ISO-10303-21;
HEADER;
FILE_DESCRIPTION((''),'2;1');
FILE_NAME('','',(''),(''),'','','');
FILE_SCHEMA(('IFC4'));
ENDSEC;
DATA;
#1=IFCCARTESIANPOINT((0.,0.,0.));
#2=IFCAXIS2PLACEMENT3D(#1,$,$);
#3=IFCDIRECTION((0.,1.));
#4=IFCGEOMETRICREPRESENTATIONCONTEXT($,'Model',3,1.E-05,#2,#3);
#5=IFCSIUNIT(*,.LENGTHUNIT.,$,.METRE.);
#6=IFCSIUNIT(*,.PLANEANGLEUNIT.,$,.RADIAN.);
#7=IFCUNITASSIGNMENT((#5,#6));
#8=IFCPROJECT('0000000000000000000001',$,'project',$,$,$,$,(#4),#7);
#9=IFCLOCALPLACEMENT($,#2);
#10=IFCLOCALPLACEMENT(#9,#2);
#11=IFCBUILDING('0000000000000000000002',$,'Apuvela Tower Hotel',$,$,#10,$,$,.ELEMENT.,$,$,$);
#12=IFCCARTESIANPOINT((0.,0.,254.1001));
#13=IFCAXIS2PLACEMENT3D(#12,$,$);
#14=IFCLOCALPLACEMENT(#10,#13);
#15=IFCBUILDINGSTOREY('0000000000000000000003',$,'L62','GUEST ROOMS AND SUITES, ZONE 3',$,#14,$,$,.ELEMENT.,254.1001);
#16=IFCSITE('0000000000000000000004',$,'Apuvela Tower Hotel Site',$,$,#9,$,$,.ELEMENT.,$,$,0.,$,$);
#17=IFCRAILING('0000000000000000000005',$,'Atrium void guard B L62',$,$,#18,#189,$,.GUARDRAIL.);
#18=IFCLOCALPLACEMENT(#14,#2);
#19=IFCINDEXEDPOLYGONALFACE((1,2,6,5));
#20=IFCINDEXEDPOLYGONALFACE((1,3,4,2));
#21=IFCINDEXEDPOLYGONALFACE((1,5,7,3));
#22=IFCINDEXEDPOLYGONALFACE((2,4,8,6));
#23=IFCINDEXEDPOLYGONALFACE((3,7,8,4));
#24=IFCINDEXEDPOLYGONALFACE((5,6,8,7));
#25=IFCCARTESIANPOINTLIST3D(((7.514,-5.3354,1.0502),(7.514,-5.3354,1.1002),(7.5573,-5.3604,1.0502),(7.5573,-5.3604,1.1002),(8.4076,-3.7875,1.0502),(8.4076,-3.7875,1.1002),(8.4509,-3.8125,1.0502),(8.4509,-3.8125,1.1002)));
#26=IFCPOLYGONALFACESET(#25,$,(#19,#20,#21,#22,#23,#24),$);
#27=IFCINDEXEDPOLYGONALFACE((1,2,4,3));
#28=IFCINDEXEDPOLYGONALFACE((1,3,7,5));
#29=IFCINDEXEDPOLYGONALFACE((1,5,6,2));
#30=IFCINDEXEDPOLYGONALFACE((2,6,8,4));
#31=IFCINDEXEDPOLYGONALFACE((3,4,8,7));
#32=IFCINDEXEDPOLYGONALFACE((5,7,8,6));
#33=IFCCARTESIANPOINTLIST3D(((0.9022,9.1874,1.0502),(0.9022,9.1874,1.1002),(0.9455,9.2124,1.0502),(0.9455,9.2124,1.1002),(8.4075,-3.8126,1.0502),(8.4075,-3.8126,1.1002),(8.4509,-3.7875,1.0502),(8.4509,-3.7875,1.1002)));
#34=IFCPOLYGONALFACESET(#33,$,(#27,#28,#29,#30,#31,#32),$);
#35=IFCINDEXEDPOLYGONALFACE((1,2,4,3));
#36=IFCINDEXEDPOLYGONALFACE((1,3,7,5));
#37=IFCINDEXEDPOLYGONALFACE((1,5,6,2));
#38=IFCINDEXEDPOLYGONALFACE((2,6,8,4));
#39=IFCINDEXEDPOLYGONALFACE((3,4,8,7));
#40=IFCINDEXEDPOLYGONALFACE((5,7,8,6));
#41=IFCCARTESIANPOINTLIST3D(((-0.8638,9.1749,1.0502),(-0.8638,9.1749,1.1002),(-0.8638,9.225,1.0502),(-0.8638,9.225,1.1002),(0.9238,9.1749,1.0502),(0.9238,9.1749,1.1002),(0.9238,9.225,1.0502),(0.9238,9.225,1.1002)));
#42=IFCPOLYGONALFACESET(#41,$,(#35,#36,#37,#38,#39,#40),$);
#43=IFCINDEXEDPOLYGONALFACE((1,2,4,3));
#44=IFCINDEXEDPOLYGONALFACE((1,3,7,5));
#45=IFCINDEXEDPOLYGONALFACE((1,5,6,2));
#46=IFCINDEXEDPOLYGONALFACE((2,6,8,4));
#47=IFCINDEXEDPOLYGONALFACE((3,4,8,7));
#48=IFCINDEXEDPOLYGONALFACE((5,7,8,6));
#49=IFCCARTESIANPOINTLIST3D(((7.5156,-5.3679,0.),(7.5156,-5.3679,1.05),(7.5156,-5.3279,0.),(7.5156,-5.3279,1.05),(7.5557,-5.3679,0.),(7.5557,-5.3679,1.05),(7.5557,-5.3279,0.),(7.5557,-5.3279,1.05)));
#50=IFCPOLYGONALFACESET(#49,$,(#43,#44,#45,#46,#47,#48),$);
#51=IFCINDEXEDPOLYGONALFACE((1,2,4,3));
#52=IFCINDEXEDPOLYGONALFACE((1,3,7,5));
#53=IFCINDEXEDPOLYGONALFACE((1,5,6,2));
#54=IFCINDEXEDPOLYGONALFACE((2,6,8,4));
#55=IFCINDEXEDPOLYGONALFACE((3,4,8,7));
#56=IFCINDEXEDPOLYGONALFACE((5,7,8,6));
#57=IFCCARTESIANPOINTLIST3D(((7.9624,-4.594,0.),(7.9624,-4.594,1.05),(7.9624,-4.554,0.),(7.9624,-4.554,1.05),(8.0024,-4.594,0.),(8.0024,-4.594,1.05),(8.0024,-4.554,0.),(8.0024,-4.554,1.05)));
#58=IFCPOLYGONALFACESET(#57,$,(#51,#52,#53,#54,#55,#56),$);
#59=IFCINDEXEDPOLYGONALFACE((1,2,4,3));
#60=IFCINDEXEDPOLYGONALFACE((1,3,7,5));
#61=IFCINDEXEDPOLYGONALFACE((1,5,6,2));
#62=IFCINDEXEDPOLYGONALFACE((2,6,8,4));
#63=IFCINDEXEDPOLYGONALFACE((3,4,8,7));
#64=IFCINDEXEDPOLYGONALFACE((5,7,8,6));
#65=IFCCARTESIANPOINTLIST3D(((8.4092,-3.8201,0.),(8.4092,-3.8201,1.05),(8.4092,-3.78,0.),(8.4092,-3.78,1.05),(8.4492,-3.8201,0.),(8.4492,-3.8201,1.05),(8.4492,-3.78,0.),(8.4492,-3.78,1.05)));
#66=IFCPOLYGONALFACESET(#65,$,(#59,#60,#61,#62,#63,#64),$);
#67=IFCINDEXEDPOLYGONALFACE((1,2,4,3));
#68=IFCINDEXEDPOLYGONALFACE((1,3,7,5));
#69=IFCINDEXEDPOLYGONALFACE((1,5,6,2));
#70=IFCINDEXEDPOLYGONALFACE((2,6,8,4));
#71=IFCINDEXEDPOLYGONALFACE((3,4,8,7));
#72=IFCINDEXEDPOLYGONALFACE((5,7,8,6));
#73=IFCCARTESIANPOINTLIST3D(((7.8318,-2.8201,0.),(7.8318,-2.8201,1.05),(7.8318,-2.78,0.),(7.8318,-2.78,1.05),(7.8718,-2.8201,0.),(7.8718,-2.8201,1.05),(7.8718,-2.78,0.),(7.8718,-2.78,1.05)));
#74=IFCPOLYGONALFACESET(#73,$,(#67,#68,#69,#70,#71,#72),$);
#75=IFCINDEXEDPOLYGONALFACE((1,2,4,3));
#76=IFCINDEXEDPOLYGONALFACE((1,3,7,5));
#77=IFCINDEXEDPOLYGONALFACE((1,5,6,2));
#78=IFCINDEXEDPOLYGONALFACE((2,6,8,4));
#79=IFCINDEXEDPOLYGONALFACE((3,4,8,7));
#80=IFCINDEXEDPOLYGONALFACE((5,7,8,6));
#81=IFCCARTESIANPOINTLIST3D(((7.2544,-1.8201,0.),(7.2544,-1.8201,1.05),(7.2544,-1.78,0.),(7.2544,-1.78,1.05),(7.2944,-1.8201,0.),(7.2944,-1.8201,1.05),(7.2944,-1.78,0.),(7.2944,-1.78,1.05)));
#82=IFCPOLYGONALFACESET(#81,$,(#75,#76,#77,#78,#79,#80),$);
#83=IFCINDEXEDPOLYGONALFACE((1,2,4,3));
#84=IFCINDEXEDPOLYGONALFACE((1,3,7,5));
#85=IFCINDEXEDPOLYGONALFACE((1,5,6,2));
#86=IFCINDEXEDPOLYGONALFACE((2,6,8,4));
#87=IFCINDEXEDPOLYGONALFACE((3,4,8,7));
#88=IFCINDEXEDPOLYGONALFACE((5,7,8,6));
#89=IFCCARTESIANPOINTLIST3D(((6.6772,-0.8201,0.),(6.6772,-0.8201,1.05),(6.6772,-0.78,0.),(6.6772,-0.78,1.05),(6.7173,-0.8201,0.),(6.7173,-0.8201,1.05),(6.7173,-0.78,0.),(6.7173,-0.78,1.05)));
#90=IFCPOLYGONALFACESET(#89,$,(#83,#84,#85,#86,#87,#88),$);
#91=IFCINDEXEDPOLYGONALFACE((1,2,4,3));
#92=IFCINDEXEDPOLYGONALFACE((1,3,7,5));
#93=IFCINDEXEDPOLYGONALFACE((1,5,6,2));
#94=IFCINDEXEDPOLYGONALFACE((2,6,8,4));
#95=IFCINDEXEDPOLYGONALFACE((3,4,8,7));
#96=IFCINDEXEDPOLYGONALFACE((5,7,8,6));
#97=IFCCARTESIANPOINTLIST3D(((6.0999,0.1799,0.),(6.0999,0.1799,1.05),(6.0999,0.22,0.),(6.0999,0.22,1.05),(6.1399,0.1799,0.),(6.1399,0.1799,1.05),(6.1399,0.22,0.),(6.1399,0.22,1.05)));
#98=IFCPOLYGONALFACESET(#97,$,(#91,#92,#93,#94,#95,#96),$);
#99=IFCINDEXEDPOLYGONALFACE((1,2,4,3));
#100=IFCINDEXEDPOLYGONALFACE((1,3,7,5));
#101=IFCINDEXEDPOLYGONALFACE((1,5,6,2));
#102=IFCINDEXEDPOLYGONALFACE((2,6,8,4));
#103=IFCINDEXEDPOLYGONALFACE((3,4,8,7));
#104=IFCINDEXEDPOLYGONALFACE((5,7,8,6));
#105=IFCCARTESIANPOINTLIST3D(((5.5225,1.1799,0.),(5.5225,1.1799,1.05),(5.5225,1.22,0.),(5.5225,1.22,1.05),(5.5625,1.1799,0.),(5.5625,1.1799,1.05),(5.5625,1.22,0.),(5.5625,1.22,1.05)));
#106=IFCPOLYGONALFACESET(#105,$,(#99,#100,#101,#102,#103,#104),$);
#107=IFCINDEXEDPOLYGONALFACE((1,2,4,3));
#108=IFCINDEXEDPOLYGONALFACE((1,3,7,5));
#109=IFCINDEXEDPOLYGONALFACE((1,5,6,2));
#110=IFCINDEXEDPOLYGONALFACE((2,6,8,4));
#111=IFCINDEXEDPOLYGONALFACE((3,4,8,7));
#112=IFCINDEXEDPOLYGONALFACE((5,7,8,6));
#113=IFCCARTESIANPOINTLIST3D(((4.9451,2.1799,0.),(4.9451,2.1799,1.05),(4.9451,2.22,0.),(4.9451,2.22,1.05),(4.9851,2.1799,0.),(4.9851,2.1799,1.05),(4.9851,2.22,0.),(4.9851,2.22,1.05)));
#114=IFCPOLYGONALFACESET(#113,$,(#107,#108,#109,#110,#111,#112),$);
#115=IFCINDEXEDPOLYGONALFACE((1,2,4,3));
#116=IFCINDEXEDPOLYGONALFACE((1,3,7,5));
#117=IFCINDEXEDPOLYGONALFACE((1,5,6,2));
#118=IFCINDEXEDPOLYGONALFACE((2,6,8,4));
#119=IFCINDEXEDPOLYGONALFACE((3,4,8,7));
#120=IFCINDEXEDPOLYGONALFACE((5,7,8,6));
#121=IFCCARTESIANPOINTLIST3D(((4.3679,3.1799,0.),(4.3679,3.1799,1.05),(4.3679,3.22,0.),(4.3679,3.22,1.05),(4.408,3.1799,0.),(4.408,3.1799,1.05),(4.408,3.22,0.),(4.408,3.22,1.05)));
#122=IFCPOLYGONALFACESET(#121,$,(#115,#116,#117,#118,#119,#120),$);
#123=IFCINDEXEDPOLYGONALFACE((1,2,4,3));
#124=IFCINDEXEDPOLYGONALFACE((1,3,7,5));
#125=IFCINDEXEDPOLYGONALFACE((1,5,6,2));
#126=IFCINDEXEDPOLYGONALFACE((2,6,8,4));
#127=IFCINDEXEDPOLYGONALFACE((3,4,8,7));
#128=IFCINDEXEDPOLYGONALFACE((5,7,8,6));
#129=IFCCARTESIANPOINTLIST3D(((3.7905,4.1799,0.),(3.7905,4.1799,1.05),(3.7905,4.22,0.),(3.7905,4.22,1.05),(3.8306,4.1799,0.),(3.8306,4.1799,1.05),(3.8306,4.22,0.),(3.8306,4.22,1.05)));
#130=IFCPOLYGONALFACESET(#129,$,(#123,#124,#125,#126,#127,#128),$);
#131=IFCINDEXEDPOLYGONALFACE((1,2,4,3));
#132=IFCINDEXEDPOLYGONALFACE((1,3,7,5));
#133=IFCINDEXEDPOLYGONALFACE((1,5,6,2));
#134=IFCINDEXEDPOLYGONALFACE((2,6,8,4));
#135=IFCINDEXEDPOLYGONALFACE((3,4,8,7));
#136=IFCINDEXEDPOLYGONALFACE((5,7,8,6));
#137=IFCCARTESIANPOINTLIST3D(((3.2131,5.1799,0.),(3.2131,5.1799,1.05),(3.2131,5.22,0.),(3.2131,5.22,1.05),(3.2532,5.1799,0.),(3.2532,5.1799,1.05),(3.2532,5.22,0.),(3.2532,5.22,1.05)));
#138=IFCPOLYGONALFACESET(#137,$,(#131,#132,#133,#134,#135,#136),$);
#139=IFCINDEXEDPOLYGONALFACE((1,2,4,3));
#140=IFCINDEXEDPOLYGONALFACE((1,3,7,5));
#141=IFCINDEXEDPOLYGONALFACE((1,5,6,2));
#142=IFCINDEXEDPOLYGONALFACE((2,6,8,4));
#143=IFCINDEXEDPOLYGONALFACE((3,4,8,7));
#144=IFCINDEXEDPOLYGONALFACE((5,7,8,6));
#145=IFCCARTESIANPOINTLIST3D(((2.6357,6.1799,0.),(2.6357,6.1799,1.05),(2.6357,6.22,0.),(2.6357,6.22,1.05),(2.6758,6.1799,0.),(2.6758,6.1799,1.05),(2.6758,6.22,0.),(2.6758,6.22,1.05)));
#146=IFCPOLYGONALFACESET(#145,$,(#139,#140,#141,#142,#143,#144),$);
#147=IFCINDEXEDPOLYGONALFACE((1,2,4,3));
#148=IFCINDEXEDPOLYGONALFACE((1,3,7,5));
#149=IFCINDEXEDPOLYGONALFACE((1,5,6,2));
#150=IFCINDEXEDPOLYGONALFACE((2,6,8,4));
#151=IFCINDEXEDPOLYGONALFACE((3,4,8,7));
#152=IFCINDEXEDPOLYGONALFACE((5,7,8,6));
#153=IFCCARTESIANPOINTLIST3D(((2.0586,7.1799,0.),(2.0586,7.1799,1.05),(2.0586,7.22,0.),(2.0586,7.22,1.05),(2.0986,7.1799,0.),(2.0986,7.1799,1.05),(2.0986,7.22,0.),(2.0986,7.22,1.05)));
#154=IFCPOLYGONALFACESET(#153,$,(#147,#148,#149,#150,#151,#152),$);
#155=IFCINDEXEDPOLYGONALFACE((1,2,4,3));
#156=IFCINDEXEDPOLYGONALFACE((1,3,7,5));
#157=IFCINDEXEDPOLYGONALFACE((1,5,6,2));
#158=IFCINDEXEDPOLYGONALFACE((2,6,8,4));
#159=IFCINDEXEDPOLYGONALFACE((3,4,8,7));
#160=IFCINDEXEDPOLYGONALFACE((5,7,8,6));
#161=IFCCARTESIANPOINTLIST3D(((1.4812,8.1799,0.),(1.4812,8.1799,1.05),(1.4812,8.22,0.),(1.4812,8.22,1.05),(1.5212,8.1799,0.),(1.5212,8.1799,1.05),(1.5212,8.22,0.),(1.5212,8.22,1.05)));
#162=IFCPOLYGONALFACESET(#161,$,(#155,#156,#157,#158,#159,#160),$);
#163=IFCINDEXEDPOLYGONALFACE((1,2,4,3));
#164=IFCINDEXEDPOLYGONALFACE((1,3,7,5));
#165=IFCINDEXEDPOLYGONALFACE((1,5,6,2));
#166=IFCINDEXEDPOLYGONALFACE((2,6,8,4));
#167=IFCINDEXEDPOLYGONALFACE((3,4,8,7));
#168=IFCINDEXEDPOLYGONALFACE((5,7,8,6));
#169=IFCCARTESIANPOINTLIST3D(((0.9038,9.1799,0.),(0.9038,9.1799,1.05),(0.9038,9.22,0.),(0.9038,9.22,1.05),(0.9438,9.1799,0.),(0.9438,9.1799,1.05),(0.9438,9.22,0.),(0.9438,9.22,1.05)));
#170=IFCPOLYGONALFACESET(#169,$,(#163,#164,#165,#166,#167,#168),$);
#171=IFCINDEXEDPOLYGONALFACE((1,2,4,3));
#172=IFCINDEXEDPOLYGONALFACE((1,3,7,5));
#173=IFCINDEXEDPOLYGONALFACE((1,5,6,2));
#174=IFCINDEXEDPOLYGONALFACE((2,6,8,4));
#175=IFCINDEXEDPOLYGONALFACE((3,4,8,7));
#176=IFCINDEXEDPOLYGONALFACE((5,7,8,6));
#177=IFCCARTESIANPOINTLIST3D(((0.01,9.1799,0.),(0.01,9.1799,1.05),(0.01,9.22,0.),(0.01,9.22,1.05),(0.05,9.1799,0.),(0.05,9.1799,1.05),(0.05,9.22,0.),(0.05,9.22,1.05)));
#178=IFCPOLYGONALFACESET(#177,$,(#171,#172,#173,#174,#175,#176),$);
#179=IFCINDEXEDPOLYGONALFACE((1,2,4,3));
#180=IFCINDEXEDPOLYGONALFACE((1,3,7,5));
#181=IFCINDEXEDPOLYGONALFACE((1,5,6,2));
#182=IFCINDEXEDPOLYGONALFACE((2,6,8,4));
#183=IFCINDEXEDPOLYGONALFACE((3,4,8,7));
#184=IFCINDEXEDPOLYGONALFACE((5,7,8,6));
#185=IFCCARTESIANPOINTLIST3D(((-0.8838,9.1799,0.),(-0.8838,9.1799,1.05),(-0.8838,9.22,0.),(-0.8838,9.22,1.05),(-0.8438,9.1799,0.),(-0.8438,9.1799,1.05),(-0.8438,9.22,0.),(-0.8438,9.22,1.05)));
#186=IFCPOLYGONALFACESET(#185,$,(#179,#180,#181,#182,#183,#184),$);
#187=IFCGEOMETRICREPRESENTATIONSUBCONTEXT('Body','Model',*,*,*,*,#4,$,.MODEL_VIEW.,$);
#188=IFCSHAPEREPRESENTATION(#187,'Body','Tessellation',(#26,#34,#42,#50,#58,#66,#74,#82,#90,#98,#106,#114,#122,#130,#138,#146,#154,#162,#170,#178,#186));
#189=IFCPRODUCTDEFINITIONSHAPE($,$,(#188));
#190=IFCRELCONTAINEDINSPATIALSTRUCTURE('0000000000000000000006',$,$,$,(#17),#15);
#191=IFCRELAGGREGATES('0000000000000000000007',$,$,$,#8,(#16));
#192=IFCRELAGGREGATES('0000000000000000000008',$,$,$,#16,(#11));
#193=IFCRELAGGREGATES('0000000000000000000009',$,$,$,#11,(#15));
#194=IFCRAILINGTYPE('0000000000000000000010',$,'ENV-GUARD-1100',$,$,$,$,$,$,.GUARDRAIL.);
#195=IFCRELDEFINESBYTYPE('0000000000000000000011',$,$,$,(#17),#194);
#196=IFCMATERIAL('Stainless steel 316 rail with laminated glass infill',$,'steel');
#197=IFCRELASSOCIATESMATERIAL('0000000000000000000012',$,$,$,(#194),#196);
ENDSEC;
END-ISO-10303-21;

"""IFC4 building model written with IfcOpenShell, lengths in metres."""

from ifc_helpers import new_model, si_unit, direction, frame, origin, origin_2d, place, context, subcontext, project, spatial, rectangle, extrude, material, type_object, element, save


model = new_model("IFC4")

# Units and contexts
model_context = context("Model", 3, precision=1e-05, world=origin(), true_north=direction((0.0, 1.0)))
body_context = subcontext(model_context, "Body", "Model", "MODEL_VIEW")
ifc_project = project(units=[si_unit("LENGTHUNIT", "METRE"), si_unit("PLANEANGLEUNIT", "RADIAN")], contexts=[model_context])

# Site, building, storey
site_placement = place(None, origin())
site = spatial("IfcSite", under=ifc_project, at=site_placement, Name="Apuvela Tower Hotel Site", CompositionType="ELEMENT", RefElevation=0.0)
building_placement = place(site_placement, origin())
building = spatial("IfcBuilding", under=site, at=building_placement, Name="Apuvela Tower Hotel", CompositionType="ELEMENT")
storey_placement = place(building_placement, frame((0.0, 0.0, 254.1001)))
storey = spatial("IfcBuildingStorey", under=building, at=storey_placement, Name="L62", Description="GUEST ROOMS AND SUITES, ZONE 3", CompositionType="ELEMENT", Elevation=254.1001)

# Railing
ifc_material_1 = material(Name="Stainless steel 316 rail with laminated glass infill", Category="steel")
railing_type_1 = type_object("IfcRailingType", Name="ENV-GUARD-1100", PredefinedType="GUARDRAIL", material=ifc_material_1)
railing_1_placement = place(storey_placement, frame((7.5356, -5.3479, 0.0)))
element("IfcRailing", 1, at=railing_1_placement, inside=storey, type_object=railing_type_1, Name="Atrium void guard B L62", PredefinedType="GUARDRAIL", context=body_context, shape_type="SweptSolid", body=[
    extrude(rectangle(XDim=0.05, YDim=0.05, at=origin_2d()), frame((0.0, 0.0, 1.0752), z_axis=(0.499959, 0.866049, 0.0), x_axis=(-0.866049, 0.499959, 0.0)), (0.0, 0.0, 1.0), 1.7874),
    extrude(rectangle(XDim=0.05, YDim=0.05, at=origin_2d()), frame((0.8936, 1.5479, 1.0752), z_axis=(-0.499991, 0.866031, 0.0), x_axis=(-0.866031, -0.499991, 0.0)), (0.0, 0.0, 1.0), 15.011),
    extrude(rectangle(XDim=0.05, YDim=0.05, at=origin_2d()), frame((-6.6118, 14.5479, 1.0752), z_axis=(-1.0, 0.0, 0.0), x_axis=(0.0, -1.0, 0.0)), (0.0, 0.0, 1.0), 1.7876),
    extrude(rectangle(XDim=0.04, YDim=0.04, at=origin_2d()), origin(), (0.0, 0.0, 1.0), 1.05),
    extrude(rectangle(XDim=0.04, YDim=0.04, at=origin_2d()), frame((0.4468, 0.7739, 0.0)), (0.0, 0.0, 1.0), 1.05),
    extrude(rectangle(XDim=0.04, YDim=0.04, at=origin_2d()), frame((0.8936, 1.5479, 0.0)), (0.0, 0.0, 1.0), 1.05),
    extrude(rectangle(XDim=0.04, YDim=0.04, at=origin_2d()), frame((0.3162, 2.5479, 0.0)), (0.0, 0.0, 1.0), 1.05),
    extrude(rectangle(XDim=0.04, YDim=0.04, at=origin_2d()), frame((-0.2612, 3.5479, 0.0)), (0.0, 0.0, 1.0), 1.05),
    extrude(rectangle(XDim=0.04, YDim=0.04, at=origin_2d()), frame((-0.8384, 4.5479, 0.0)), (0.0, 0.0, 1.0), 1.05),
    extrude(rectangle(XDim=0.04, YDim=0.04, at=origin_2d()), frame((-1.4158, 5.5479, 0.0)), (0.0, 0.0, 1.0), 1.05),
    extrude(rectangle(XDim=0.04, YDim=0.04, at=origin_2d()), frame((-1.9932, 6.5479, 0.0)), (0.0, 0.0, 1.0), 1.05),
    extrude(rectangle(XDim=0.04, YDim=0.04, at=origin_2d()), frame((-2.5706, 7.5479, 0.0)), (0.0, 0.0, 1.0), 1.05),
    extrude(rectangle(XDim=0.04, YDim=0.04, at=origin_2d()), frame((-3.1477, 8.5479, 0.0)), (0.0, 0.0, 1.0), 1.05),
    extrude(rectangle(XDim=0.04, YDim=0.04, at=origin_2d()), frame((-3.7251, 9.5479, 0.0)), (0.0, 0.0, 1.0), 1.05),
    extrude(rectangle(XDim=0.04, YDim=0.04, at=origin_2d()), frame((-4.3025, 10.5479, 0.0)), (0.0, 0.0, 1.0), 1.05),
    extrude(rectangle(XDim=0.04, YDim=0.04, at=origin_2d()), frame((-4.8799, 11.5479, 0.0)), (0.0, 0.0, 1.0), 1.05),
    extrude(rectangle(XDim=0.04, YDim=0.04, at=origin_2d()), frame((-5.457, 12.5479, 0.0)), (0.0, 0.0, 1.0), 1.05),
    extrude(rectangle(XDim=0.04, YDim=0.04, at=origin_2d()), frame((-6.0344, 13.5479, 0.0)), (0.0, 0.0, 1.0), 1.05),
    extrude(rectangle(XDim=0.04, YDim=0.04, at=origin_2d()), frame((-6.6118, 14.5479, 0.0)), (0.0, 0.0, 1.0), 1.05),
    extrude(rectangle(XDim=0.04, YDim=0.04, at=origin_2d()), frame((-7.5056, 14.5479, 0.0)), (0.0, 0.0, 1.0), 1.05),
    extrude(rectangle(XDim=0.04, YDim=0.04, at=origin_2d()), frame((-8.3994, 14.5479, 0.0)), (0.0, 0.0, 1.0), 1.05),
])

save(model, "model.ifc")
